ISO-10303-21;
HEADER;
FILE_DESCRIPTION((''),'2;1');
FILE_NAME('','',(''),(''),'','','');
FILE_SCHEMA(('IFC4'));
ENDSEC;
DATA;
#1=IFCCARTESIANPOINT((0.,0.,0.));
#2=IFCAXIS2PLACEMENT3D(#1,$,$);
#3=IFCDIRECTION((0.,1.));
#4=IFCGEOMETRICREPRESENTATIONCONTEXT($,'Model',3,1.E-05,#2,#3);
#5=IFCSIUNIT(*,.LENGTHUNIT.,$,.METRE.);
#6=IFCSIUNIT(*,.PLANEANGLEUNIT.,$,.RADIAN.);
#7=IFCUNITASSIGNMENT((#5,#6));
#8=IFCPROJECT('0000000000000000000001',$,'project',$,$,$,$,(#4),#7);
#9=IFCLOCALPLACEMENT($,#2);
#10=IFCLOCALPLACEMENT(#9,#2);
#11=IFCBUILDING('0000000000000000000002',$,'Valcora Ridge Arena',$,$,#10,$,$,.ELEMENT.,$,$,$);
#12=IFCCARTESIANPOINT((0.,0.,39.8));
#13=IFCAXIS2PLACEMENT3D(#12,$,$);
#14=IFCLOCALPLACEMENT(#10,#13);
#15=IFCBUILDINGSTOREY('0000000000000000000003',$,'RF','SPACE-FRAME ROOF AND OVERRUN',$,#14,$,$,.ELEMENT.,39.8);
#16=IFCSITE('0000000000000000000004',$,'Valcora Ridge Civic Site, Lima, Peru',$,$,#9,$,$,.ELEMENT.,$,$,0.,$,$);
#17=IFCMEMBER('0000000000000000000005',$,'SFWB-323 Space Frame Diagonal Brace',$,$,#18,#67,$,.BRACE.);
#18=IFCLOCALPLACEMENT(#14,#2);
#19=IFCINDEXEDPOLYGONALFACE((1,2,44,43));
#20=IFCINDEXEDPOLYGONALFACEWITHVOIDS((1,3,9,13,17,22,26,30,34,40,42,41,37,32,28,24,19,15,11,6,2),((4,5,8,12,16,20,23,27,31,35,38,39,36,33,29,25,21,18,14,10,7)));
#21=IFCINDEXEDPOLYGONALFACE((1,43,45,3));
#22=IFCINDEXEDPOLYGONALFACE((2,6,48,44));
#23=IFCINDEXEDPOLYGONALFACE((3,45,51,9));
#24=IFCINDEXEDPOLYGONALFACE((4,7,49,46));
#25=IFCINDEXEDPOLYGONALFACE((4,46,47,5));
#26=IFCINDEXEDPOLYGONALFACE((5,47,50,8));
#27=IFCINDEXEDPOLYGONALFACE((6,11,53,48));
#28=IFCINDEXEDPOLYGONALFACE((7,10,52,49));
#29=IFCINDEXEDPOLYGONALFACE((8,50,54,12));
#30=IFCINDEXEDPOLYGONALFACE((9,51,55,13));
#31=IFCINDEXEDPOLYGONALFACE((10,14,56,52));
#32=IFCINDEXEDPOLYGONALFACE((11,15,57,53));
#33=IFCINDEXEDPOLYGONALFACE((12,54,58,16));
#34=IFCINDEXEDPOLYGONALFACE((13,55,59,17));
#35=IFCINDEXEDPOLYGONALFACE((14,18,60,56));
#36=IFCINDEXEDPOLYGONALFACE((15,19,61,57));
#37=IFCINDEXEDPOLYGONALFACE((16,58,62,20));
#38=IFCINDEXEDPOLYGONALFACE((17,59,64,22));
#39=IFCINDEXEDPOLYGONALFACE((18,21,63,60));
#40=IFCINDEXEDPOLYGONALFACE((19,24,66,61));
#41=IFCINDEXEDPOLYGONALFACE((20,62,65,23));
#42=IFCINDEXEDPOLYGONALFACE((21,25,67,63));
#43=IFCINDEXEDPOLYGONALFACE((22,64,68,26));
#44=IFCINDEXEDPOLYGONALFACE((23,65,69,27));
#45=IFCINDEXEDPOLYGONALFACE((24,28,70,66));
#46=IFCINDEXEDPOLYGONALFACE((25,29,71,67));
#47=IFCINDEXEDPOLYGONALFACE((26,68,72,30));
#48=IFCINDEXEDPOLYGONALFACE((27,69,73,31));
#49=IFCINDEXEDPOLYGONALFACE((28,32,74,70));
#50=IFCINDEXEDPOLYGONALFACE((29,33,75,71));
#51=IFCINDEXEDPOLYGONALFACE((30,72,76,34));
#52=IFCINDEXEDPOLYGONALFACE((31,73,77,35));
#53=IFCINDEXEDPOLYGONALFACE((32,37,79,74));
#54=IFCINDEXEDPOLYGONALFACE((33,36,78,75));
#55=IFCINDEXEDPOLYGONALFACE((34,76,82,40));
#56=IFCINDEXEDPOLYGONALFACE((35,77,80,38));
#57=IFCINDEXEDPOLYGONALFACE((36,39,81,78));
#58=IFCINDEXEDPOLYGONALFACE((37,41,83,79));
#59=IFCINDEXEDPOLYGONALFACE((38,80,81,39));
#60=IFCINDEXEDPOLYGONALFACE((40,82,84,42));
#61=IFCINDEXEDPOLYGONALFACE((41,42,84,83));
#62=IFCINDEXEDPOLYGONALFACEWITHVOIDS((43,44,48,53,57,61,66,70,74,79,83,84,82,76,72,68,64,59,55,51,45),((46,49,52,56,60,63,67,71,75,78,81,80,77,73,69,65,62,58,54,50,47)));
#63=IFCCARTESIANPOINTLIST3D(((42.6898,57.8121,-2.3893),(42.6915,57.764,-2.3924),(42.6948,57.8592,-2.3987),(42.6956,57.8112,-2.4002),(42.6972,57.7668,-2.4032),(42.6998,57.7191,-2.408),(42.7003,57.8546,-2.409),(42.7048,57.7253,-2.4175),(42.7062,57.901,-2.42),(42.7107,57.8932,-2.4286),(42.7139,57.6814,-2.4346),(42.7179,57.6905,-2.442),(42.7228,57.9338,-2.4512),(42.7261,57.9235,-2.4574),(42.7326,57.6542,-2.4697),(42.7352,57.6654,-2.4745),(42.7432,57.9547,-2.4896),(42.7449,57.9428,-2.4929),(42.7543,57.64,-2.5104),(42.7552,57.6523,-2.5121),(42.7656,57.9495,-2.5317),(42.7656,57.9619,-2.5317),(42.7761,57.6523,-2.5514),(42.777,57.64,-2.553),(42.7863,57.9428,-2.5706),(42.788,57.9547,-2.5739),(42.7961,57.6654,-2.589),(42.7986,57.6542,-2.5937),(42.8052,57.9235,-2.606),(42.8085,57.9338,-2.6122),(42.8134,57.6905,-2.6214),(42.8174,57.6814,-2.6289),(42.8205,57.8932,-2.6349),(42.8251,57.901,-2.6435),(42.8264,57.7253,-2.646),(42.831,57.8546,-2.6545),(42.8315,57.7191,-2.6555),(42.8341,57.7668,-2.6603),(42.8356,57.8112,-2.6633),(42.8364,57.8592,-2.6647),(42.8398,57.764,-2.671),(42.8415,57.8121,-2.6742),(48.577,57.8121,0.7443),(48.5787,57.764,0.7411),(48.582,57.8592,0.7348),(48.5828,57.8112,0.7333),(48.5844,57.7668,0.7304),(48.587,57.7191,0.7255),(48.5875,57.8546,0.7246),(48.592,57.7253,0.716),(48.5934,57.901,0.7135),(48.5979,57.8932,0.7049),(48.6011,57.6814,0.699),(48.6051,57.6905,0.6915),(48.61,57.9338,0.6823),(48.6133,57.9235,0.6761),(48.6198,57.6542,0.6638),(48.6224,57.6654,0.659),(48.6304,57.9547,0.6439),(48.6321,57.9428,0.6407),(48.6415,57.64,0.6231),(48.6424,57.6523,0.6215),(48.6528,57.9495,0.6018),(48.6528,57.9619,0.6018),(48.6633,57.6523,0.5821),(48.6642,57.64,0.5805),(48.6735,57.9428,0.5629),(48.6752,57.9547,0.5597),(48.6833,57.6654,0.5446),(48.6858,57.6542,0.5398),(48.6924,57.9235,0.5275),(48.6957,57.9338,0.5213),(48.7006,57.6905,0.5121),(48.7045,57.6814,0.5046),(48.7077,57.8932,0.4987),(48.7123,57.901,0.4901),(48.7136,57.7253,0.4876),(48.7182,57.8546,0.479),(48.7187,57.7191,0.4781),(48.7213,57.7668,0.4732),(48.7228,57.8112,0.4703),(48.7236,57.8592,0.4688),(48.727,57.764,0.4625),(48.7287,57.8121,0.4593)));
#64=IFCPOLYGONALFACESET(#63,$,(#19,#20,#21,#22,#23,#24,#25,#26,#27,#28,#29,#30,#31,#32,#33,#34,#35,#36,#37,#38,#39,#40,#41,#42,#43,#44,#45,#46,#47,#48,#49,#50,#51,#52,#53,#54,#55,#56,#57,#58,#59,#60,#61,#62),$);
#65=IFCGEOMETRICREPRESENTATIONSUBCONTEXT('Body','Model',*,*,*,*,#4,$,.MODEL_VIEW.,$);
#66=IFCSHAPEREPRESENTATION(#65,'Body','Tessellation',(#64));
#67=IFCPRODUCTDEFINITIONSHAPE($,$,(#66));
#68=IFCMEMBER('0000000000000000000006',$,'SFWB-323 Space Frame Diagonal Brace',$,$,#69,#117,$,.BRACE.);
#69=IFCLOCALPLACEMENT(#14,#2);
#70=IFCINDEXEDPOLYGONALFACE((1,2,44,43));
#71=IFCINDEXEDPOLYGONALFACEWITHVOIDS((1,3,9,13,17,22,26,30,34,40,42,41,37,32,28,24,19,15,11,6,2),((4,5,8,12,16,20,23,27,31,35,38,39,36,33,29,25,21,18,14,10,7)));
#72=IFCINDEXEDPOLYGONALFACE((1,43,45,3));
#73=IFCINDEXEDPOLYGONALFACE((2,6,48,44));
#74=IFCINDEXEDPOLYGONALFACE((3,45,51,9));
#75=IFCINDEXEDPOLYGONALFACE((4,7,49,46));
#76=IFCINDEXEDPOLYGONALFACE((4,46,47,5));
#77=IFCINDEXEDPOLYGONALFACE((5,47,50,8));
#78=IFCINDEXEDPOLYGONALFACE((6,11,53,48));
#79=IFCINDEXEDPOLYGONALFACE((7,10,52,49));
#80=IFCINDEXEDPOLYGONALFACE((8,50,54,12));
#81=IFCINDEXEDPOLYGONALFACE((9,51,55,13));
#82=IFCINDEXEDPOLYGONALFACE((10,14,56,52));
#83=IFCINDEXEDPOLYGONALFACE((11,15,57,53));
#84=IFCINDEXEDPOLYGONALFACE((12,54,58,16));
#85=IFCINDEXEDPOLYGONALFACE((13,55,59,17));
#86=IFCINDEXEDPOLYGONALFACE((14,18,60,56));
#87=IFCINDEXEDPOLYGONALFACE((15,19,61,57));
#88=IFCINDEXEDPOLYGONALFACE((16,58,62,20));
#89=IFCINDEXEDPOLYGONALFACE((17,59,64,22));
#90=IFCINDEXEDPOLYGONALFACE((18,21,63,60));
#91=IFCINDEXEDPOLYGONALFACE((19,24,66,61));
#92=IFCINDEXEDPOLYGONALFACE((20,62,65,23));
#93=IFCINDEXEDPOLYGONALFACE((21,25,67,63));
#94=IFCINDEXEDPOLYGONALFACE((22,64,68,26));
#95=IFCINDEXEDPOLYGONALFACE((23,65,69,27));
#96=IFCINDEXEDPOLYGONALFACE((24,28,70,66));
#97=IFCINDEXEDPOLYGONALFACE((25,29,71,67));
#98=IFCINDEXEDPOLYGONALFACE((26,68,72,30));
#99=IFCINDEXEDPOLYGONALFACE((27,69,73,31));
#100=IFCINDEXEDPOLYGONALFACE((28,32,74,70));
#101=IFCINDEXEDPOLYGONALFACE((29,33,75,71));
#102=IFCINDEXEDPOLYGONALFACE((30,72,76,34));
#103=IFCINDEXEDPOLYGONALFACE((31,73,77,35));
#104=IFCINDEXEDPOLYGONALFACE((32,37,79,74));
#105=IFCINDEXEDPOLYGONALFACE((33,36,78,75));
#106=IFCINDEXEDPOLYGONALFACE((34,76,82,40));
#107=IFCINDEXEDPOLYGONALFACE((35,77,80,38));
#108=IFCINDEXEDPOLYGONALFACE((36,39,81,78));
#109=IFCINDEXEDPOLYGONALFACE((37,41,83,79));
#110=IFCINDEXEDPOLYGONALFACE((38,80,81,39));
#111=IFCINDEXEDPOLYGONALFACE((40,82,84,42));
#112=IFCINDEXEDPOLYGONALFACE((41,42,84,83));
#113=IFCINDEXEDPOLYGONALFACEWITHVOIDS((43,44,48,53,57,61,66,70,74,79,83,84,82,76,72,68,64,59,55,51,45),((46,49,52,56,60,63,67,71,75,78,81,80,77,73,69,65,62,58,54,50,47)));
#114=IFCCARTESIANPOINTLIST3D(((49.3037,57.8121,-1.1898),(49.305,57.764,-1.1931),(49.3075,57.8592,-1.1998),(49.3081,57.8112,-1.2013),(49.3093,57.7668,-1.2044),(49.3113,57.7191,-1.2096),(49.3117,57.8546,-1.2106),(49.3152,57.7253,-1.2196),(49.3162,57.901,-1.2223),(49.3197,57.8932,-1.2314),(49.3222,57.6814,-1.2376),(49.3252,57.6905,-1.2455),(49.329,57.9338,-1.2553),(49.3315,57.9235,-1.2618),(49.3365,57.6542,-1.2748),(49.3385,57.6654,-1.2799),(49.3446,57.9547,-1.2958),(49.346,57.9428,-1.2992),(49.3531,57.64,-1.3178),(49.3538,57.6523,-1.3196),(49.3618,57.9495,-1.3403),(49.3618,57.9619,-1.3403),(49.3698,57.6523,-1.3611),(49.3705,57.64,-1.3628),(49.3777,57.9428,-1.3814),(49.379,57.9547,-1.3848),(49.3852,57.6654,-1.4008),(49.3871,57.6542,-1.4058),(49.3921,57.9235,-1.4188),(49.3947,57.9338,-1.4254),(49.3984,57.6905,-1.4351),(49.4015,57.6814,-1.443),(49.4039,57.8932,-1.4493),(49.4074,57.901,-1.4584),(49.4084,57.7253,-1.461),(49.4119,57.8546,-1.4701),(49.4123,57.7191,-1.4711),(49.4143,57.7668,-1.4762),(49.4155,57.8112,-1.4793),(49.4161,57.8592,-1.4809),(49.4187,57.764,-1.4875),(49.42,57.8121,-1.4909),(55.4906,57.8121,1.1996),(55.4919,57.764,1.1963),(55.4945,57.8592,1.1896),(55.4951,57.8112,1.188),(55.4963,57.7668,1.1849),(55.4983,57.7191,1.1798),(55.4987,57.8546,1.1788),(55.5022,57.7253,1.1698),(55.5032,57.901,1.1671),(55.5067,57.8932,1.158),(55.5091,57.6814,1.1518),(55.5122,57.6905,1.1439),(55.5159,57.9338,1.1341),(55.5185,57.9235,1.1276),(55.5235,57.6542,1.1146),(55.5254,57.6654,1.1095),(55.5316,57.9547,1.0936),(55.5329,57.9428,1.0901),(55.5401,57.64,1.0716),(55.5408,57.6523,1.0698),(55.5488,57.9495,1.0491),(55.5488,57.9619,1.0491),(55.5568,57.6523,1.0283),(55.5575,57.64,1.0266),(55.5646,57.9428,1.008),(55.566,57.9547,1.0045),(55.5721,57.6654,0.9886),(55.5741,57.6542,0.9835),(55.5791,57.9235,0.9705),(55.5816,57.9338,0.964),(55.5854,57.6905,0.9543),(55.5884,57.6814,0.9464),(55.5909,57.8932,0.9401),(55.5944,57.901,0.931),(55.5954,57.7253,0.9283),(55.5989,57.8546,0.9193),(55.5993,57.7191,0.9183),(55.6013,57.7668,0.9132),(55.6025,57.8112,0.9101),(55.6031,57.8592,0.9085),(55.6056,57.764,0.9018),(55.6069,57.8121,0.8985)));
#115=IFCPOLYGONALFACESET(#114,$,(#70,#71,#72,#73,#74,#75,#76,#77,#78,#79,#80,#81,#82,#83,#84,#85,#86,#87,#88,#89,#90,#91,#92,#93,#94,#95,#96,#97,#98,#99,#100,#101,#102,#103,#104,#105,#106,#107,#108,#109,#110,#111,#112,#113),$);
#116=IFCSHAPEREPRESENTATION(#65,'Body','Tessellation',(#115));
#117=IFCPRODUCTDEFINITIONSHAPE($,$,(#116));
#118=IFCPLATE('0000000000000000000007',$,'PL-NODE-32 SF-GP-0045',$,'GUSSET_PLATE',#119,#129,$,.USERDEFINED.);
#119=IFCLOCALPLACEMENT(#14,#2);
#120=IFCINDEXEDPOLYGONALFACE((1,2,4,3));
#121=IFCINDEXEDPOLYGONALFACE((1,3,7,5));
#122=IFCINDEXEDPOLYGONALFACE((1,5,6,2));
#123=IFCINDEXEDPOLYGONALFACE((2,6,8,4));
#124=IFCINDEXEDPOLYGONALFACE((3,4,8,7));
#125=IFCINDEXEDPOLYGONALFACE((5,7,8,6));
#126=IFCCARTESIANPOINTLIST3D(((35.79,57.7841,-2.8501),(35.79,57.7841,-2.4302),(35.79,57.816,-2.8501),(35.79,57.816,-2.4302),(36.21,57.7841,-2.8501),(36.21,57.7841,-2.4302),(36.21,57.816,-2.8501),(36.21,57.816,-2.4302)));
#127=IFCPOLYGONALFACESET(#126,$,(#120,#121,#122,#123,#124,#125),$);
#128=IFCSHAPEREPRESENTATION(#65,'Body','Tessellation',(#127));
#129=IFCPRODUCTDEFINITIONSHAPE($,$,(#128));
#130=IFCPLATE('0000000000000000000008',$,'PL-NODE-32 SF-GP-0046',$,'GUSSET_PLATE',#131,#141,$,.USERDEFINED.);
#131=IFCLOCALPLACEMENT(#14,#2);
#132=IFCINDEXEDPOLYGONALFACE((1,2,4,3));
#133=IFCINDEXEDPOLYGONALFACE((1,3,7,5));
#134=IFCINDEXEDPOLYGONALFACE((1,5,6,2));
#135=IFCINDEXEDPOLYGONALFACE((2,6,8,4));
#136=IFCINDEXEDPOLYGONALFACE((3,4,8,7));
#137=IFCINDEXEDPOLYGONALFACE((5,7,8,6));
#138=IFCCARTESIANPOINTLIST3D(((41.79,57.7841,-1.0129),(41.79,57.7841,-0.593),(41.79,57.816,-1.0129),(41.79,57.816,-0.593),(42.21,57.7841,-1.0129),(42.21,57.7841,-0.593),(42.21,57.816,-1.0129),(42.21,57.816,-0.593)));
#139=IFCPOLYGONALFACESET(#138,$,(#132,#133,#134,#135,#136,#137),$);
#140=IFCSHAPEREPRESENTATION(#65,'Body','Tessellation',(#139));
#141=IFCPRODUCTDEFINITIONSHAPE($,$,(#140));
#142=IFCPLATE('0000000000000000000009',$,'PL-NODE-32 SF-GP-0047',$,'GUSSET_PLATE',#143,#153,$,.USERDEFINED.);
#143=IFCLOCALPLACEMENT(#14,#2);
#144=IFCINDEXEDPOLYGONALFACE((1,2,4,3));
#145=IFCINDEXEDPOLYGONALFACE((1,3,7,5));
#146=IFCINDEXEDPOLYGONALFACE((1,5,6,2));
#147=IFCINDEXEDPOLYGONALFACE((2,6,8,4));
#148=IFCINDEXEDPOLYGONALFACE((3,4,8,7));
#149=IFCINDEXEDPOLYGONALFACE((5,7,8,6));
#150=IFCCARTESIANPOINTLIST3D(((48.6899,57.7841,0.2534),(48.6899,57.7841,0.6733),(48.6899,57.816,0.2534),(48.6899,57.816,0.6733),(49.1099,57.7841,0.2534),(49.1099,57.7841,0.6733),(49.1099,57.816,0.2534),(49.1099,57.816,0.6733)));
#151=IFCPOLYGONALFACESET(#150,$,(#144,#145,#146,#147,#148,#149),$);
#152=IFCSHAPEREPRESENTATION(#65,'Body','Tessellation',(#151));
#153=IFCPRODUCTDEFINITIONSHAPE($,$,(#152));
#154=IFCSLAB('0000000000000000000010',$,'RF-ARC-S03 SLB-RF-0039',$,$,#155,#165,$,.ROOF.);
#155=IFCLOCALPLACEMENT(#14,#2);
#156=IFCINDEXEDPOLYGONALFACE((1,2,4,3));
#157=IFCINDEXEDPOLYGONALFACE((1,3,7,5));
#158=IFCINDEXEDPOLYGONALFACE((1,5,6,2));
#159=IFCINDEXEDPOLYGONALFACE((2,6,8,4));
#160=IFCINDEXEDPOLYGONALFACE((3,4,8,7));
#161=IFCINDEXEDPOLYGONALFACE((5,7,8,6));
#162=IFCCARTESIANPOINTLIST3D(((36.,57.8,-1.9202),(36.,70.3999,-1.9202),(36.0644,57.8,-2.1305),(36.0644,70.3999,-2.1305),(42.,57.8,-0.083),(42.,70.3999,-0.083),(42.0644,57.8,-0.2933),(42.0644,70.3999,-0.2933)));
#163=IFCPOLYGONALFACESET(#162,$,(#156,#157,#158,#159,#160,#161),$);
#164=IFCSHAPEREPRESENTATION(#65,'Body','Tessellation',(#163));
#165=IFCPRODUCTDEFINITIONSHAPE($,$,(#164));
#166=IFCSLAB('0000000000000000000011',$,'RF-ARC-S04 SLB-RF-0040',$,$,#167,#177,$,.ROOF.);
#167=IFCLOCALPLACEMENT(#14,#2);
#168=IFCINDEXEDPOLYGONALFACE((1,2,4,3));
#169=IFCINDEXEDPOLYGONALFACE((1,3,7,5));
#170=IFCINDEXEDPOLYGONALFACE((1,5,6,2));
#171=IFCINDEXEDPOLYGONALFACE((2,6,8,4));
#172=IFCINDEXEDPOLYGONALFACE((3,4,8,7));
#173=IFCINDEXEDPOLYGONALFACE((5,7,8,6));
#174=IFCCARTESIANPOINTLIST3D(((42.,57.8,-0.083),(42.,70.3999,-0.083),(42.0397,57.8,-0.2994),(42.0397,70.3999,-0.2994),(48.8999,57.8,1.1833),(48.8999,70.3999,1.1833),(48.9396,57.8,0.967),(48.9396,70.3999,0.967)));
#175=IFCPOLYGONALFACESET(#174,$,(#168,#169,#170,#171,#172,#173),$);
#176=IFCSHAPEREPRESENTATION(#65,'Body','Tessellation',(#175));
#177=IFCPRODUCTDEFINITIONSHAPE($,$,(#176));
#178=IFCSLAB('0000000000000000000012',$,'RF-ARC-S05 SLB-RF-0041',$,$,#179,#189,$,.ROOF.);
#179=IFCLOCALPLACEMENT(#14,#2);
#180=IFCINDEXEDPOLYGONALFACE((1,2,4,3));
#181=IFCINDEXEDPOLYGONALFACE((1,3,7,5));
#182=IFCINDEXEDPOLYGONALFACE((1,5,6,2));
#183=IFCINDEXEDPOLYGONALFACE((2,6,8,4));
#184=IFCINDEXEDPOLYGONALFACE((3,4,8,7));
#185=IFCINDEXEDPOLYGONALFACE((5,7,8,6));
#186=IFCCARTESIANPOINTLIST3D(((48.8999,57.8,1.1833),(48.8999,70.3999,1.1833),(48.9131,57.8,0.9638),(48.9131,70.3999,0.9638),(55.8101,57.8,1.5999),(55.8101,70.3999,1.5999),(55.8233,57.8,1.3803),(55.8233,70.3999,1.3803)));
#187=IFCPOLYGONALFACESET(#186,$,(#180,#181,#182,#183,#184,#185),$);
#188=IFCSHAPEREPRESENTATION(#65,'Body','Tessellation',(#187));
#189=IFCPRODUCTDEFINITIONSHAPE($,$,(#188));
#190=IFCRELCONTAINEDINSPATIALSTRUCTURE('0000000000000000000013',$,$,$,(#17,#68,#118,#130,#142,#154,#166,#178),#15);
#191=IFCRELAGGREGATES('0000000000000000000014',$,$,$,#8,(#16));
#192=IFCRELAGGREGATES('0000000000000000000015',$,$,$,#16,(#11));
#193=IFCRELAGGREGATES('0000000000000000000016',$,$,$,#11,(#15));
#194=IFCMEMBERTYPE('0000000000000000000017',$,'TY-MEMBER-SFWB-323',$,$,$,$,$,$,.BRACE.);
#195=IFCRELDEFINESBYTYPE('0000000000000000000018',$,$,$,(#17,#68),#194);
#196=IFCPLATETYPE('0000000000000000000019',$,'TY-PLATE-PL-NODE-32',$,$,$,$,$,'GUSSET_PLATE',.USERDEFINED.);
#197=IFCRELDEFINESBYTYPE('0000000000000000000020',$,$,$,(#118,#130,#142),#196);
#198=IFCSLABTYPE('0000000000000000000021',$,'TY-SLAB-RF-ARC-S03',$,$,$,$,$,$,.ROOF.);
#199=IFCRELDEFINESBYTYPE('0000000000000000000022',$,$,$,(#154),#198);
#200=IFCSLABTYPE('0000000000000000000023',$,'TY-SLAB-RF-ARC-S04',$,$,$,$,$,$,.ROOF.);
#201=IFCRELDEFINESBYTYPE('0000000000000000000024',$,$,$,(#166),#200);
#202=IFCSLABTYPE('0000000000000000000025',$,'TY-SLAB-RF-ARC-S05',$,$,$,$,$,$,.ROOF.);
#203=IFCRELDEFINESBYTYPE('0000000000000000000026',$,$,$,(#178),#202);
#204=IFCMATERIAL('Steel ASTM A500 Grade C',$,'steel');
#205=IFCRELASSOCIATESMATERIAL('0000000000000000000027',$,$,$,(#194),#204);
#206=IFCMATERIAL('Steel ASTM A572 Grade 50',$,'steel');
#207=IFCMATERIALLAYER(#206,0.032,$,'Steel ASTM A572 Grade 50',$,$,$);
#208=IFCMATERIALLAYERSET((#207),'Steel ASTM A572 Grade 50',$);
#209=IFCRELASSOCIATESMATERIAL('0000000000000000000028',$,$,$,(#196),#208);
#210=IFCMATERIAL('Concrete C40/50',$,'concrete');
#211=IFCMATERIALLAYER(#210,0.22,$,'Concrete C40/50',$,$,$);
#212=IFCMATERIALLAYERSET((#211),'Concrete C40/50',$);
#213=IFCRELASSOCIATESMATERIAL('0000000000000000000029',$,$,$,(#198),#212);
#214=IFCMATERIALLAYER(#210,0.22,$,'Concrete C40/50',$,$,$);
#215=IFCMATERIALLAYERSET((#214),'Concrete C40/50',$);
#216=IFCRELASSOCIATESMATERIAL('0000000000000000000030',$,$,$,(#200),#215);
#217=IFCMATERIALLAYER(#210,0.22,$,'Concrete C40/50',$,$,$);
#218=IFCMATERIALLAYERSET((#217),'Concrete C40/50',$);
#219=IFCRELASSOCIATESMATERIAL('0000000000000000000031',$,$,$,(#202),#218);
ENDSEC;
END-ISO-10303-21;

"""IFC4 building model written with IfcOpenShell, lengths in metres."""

from ifc_helpers import new_model, si_unit, direction, frame, origin, origin_2d, place, context, subcontext, project, spatial, polyline, rectangle, hollow_circle, outline, extrude, material, layer, layer_set, material_profile, profile_set, type_object, element, save


model = new_model("IFC4")

# Units and contexts
model_context = context("Model", 3, precision=1e-05, world=origin(), true_north=direction((0.0, 1.0)))
body_context = subcontext(model_context, "Body", "Model", "MODEL_VIEW")
ifc_project = project(units=[si_unit("LENGTHUNIT", "METRE"), si_unit("PLANEANGLEUNIT", "RADIAN")], contexts=[model_context])

# Site, building, storey
site_placement = place(None, origin())
site = spatial("IfcSite", under=ifc_project, at=site_placement, Name="Valcora Ridge Civic Site, Lima, Peru", CompositionType="ELEMENT", RefElevation=0.0)
building_placement = place(site_placement, origin())
building = spatial("IfcBuilding", under=site, at=building_placement, Name="Valcora Ridge Arena", CompositionType="ELEMENT")
storey_placement = place(building_placement, frame((0.0, 0.0, 39.8)))
storey = spatial("IfcBuildingStorey", under=building, at=storey_placement, Name="RF", Description="SPACE-FRAME ROOF AND OVERRUN", CompositionType="ELEMENT", Elevation=39.8)

# Members
ifc_material_1 = material(Name="Steel ASTM A572 Grade 50", Category="steel")
ifc_material_2 = material(Name="Steel ASTM A500 Grade C", Category="steel")
ifc_material_profile_1 = material_profile(ifc_material_2, hollow_circle(Radius=0.1619, WallThickness=0.0125, at=origin_2d()), Name="CHS323X12")
ifc_profile_set_1 = profile_set([ifc_material_profile_1], Name="Steel ASTM A500 Grade C")
member_type_1 = type_object("IfcMemberType", Name="TY-MEMBER-SFWB-323", PredefinedType="BRACE", material=ifc_profile_set_1)
member_1_placement = place(storey_placement, frame((42.7656, 57.8, -2.5317), z_axis=(0.882745, 0.0, 0.469853), x_axis=(0.0, 1.0, 0.0)))
element("IfcMember", 1, at=member_1_placement, inside=storey, type_object=member_type_1, Name="SFWB-323 Space Frame Diagonal Brace", PredefinedType="BRACE", context=body_context, shape_type="SweptSolid", body=[
    extrude(hollow_circle(Radius=0.1619, WallThickness=0.0125, at=origin_2d()), origin(), (0.0, 0.0, 1.0), 6.6692),
])
member_2_placement = place(storey_placement, frame((49.3618, 57.8, -1.3403), z_axis=(0.93285, 0.0, 0.360264), x_axis=(0.0, 1.0, 0.0)))
element("IfcMember", 2, at=member_2_placement, inside=storey, type_object=member_type_1, Name="SFWB-323 Space Frame Diagonal Brace", PredefinedType="BRACE", context=body_context, shape_type="SweptSolid", body=[
    extrude(hollow_circle(Radius=0.1619, WallThickness=0.0125, at=origin_2d()), origin(), (0.0, 0.0, 1.0), 6.6323),
])

# Plates
ifc_layer_1 = layer(ifc_material_1, 0.032, Name="Steel ASTM A572 Grade 50")
ifc_layer_set_1 = layer_set([ifc_layer_1], Name="Steel ASTM A572 Grade 50")
plate_type = type_object("IfcPlateType", Name="TY-PLATE-PL-NODE-32", ElementType="GUSSET_PLATE", PredefinedType="USERDEFINED", material=ifc_layer_set_1)
for number, where, z_axis, x_axis, name in (
    (3, (36.0, 57.8, -2.8501), (0.0, 0.0, 1.0), (1.0, 0.0, 0.0), "PL-NODE-32 SF-GP-0045"),
    (4, (42.0, 57.8, -1.0129), (0.0, 0.0, 1.0), (1.0, 0.0, 0.0), "PL-NODE-32 SF-GP-0046"),
    (5, (48.8999, 57.8, 0.2534), (0.0, 0.0, 1.0), (1.0, 0.0, 0.0), "PL-NODE-32 SF-GP-0047"),
):
    element("IfcPlate", number, at=place(storey_placement, frame(where, z_axis=z_axis, x_axis=x_axis)), inside=storey, type_object=plate_type, Name=name, ObjectType="GUSSET_PLATE", PredefinedType="USERDEFINED", context=body_context, shape_type="SweptSolid", body=[
        extrude(rectangle(XDim=0.4199, YDim=0.032, at=origin_2d()), origin(), (0.0, 0.0, 1.0), 0.4199),
    ])

# Slabs
ifc_material_3 = material(Name="Concrete C40/50", Category="concrete")
ifc_layer_2 = layer(ifc_material_3, 0.22, Name="Concrete C40/50")
ifc_layer_set_2 = layer_set([ifc_layer_2], Name="Concrete C40/50")
slab_type_1 = type_object("IfcSlabType", Name="TY-SLAB-RF-ARC-S03", PredefinedType="ROOF", material=ifc_layer_set_2)
slab_1_placement = place(storey_placement, frame((36.0, 57.8, -1.9202), z_axis=(-0.292776, 0.0, 0.956181), x_axis=(0.956181, 0.0, 0.292776)))
element("IfcSlab", 6, at=slab_1_placement, inside=storey, type_object=slab_type_1, Name="RF-ARC-S03 SLB-RF-0039", PredefinedType="ROOF", context=body_context, shape_type="SweptSolid", body=[
    extrude(outline(polyline([(0.0, 0.0), (6.275, 0.0), (6.275, 12.5999), (0.0, 12.5999), (0.0, 0.0)])), origin(), (0.0, 0.0, -1.0), 0.22),
])
ifc_layer_3 = layer(ifc_material_3, 0.22, Name="Concrete C40/50")
ifc_layer_set_3 = layer_set([ifc_layer_3], Name="Concrete C40/50")
slab_type_2 = type_object("IfcSlabType", Name="TY-SLAB-RF-ARC-S04", PredefinedType="ROOF", material=ifc_layer_set_3)
slab_2_placement = place(storey_placement, frame((42.0, 57.8, -0.083), z_axis=(-0.180518, 0.0, 0.983572), x_axis=(0.983572, 0.0, 0.180518)))
element("IfcSlab", 7, at=slab_2_placement, inside=storey, type_object=slab_type_2, Name="RF-ARC-S04 SLB-RF-0040", PredefinedType="ROOF", context=body_context, shape_type="SweptSolid", body=[
    extrude(outline(polyline([(0.0, 0.0), (7.0151, 0.0), (7.0151, 12.5999), (0.0, 12.5999), (0.0, 0.0)])), origin(), (0.0, 0.0, -1.0), 0.22),
])
ifc_layer_4 = layer(ifc_material_3, 0.22, Name="Concrete C40/50")
ifc_layer_set_4 = layer_set([ifc_layer_4], Name="Concrete C40/50")
slab_type_3 = type_object("IfcSlabType", Name="TY-SLAB-RF-ARC-S05", PredefinedType="ROOF", material=ifc_layer_set_4)
slab_3_placement = place(storey_placement, frame((48.8999, 57.8, 1.1833), z_axis=(-0.060165, 0.0, 0.998188), x_axis=(0.998188, 0.0, 0.060165)))
element("IfcSlab", 8, at=slab_3_placement, inside=storey, type_object=slab_type_3, Name="RF-ARC-S05 SLB-RF-0041", PredefinedType="ROOF", context=body_context, shape_type="SweptSolid", body=[
    extrude(outline(polyline([(0.0, 0.0), (6.9227, 0.0), (6.9227, 12.5999), (0.0, 12.5999), (0.0, 0.0)])), origin(), (0.0, 0.0, -1.0), 0.22),
])

save(model, "model.ifc")
